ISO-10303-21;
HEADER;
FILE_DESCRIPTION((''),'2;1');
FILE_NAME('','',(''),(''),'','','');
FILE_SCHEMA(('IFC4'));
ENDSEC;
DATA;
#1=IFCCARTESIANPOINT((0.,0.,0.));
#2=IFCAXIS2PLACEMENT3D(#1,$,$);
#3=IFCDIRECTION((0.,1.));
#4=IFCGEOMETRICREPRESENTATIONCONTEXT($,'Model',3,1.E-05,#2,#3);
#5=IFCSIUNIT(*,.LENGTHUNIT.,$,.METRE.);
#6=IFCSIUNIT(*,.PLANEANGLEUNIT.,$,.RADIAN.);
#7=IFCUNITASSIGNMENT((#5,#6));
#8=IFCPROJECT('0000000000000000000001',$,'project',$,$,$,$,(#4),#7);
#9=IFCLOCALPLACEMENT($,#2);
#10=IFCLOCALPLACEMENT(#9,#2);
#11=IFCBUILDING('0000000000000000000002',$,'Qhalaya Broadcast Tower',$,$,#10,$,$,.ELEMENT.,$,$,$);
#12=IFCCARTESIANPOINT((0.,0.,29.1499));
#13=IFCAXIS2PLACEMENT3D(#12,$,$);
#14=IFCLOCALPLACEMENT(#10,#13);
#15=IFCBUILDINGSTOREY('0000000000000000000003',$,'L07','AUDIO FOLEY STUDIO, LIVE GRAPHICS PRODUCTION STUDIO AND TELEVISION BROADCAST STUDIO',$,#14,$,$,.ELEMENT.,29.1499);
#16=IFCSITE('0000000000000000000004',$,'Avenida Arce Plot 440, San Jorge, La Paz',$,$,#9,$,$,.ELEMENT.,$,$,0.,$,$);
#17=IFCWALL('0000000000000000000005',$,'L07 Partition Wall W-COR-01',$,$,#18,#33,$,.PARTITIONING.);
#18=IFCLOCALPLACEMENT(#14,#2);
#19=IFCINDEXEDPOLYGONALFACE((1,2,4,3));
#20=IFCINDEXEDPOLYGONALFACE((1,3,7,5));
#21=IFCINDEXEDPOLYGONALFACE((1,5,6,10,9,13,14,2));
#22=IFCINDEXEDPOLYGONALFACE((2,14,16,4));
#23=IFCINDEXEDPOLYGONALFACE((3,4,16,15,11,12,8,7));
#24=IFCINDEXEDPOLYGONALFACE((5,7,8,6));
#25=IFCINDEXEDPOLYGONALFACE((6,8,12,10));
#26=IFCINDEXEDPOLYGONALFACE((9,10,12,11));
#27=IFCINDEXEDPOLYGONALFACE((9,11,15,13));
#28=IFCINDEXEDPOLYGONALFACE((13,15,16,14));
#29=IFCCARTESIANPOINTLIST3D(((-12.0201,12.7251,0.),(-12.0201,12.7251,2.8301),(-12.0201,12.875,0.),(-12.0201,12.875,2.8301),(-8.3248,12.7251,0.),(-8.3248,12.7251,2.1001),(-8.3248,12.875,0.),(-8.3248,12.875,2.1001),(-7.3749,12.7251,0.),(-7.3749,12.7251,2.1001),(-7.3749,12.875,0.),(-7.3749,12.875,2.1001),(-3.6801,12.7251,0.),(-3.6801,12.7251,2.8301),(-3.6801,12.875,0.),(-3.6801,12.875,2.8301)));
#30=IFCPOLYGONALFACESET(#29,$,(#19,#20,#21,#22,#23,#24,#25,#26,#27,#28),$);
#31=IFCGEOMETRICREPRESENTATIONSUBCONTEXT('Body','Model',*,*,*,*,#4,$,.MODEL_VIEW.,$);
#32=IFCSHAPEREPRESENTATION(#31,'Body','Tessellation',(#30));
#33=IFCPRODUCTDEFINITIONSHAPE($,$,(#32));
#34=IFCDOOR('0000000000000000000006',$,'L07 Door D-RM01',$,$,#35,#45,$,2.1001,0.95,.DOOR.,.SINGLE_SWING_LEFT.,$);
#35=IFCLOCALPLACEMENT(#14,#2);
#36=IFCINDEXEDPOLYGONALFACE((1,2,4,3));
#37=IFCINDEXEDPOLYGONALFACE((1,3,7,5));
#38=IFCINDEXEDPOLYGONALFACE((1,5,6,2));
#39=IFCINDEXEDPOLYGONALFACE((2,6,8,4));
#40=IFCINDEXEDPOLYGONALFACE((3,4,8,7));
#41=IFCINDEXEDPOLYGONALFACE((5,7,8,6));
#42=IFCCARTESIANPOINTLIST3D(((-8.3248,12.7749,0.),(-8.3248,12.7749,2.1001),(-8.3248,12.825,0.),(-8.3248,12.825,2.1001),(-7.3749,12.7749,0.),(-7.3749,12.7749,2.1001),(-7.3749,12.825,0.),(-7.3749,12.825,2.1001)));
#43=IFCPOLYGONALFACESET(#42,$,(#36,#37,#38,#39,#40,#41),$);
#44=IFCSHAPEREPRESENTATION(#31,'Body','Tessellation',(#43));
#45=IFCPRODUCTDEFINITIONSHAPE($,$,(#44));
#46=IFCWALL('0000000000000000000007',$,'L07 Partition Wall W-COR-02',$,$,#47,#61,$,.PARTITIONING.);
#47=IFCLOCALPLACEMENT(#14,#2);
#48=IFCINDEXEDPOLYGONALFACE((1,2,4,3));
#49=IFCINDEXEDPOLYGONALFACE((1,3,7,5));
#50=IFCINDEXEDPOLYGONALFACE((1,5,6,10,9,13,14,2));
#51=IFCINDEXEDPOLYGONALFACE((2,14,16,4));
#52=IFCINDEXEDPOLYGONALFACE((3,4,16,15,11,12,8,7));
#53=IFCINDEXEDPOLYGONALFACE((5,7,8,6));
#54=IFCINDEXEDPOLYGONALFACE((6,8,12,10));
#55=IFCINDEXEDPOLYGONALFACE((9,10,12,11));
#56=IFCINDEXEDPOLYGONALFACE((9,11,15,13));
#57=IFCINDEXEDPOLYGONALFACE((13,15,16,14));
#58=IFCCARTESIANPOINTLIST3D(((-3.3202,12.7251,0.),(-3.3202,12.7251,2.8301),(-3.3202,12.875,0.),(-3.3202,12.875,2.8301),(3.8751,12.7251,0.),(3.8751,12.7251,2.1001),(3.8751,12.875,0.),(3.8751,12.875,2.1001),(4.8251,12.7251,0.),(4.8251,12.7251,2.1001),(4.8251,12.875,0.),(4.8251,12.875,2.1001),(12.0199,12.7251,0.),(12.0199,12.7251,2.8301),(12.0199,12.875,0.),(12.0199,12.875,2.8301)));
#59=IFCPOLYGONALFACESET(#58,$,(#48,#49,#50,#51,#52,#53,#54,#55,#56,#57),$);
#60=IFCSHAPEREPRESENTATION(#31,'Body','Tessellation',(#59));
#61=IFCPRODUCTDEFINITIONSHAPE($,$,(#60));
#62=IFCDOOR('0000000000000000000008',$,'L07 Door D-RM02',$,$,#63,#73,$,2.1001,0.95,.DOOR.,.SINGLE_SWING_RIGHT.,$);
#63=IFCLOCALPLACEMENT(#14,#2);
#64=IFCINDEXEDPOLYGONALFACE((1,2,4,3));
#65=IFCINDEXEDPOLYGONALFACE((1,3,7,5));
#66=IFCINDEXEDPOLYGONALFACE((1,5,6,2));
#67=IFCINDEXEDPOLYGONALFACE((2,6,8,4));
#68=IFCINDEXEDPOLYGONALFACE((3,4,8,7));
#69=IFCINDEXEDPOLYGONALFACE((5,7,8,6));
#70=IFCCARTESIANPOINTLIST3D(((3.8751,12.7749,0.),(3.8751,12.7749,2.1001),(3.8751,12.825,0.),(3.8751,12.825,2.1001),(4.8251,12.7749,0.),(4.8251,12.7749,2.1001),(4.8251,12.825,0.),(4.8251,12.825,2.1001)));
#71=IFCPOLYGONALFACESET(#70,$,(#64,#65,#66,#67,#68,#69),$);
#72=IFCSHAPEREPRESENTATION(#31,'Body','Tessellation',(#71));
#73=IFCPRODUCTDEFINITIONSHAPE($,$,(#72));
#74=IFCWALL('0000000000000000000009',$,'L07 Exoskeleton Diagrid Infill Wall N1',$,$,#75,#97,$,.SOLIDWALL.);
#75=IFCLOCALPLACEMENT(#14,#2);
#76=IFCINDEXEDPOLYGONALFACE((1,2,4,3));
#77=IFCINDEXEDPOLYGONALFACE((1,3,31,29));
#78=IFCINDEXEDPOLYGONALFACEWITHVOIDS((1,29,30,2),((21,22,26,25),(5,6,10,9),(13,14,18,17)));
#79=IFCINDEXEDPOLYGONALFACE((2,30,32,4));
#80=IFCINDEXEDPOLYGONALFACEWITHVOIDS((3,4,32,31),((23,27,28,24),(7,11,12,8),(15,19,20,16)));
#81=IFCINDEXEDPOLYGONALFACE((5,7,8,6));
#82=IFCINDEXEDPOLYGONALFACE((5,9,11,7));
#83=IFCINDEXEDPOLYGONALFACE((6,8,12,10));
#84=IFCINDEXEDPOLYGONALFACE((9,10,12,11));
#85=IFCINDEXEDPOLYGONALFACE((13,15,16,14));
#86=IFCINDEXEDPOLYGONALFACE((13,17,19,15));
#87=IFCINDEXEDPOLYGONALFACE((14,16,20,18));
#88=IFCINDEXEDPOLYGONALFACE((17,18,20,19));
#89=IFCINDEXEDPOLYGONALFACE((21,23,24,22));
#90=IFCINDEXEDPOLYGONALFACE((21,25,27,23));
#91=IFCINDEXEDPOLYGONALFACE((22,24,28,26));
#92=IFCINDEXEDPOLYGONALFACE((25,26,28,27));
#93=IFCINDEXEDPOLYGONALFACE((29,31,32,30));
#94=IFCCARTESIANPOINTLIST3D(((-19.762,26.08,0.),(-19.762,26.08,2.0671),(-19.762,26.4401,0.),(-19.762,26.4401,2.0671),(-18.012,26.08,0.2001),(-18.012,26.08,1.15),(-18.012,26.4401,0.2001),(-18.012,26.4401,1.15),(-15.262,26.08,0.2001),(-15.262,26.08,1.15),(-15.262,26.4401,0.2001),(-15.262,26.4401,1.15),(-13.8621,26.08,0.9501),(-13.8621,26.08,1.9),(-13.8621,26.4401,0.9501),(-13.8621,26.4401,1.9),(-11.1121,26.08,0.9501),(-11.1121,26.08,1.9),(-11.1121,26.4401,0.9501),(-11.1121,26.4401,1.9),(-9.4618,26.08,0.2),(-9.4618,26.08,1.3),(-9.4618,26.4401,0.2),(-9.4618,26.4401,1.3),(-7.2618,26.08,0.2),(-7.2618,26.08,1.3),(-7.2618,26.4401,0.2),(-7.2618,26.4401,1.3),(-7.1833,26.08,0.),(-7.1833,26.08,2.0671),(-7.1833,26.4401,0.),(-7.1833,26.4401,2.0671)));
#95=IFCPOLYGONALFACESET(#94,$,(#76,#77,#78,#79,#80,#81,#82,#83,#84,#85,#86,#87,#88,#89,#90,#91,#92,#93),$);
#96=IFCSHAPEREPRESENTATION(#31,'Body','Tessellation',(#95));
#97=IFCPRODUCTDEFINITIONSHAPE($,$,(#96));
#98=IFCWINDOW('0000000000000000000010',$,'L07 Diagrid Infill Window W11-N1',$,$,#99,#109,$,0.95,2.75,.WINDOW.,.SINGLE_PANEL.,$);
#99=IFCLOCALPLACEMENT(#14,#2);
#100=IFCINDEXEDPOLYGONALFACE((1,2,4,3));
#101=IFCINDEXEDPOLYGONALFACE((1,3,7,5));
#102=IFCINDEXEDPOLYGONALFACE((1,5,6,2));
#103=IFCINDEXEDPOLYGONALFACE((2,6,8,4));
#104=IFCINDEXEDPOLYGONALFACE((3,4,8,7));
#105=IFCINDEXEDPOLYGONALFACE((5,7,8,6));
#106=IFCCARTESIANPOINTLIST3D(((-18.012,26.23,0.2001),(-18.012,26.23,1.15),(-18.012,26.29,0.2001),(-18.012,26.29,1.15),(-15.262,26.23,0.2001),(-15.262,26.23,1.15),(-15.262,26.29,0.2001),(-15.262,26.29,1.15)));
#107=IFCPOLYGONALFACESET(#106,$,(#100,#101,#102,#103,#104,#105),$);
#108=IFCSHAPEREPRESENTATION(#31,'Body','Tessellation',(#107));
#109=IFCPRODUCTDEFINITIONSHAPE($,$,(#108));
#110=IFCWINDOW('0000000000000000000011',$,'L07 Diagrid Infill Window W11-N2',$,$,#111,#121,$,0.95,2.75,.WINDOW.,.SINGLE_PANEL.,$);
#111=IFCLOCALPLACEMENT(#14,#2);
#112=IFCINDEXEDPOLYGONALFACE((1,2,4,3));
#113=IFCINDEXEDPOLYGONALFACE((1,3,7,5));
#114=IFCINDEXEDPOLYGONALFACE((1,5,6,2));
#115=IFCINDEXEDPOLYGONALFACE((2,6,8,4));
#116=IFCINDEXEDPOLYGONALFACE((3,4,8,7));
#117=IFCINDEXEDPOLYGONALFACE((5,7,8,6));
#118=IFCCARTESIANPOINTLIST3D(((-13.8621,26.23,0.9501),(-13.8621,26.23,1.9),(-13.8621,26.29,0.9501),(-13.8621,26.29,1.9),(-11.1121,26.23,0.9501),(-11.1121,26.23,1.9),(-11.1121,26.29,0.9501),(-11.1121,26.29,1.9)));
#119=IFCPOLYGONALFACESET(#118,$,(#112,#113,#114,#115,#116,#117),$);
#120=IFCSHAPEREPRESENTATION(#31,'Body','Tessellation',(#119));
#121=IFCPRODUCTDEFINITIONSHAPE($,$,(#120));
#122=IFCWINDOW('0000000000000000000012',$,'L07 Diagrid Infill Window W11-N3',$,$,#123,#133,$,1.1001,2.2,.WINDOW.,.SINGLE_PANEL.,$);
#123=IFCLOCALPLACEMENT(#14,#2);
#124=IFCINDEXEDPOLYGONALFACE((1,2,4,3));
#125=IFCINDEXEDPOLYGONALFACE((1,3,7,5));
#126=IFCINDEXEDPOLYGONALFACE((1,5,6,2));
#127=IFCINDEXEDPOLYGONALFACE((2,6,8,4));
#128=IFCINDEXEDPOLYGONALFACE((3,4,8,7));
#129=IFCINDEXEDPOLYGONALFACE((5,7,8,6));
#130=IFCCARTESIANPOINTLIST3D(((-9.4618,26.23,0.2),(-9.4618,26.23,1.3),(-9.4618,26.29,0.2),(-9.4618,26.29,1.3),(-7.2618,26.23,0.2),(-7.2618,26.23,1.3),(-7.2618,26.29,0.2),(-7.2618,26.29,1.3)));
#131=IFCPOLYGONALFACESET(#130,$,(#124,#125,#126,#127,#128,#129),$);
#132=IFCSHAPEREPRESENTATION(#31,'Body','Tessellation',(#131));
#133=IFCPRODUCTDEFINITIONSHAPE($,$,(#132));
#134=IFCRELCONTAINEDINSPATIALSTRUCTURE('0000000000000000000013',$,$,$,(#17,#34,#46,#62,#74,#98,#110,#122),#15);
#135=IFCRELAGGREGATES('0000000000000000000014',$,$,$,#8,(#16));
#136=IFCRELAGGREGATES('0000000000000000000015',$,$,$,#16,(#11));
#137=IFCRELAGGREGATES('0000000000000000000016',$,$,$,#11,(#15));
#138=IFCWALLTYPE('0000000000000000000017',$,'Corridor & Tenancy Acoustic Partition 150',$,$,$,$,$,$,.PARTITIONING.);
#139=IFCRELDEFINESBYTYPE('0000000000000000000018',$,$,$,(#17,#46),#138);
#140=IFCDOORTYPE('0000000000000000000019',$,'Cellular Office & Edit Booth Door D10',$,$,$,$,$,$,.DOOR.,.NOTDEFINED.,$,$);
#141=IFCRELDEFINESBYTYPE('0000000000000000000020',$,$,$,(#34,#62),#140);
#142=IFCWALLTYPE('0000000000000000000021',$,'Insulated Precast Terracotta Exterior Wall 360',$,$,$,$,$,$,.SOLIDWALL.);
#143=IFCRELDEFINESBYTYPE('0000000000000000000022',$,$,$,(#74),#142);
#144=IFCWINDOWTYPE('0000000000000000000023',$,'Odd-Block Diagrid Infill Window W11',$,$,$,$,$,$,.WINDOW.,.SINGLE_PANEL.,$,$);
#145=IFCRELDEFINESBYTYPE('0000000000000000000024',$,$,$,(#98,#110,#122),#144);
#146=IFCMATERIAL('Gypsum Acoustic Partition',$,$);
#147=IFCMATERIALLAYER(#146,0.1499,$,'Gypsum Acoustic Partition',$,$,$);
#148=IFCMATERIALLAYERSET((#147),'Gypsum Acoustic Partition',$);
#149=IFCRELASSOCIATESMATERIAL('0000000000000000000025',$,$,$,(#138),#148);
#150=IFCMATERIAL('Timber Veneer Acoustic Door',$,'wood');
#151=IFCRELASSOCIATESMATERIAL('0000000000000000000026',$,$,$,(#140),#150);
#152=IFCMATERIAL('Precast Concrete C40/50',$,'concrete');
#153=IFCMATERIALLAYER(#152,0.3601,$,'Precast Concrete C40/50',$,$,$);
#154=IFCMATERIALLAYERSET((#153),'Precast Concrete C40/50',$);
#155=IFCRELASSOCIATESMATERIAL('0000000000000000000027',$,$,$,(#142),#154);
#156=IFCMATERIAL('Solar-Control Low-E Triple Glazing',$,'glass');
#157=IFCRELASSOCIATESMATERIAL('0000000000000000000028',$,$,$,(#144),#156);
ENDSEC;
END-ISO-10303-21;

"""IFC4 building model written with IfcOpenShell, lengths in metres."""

from ifc_helpers import new_model, si_unit, direction, frame, frame_2d, origin, place, context, subcontext, project, spatial, rectangle, extrude, material, layer, layer_set, type_object, element, fill, save


model = new_model("IFC4")

# Units and contexts
model_context = context("Model", 3, precision=1e-05, world=origin(), true_north=direction((0.0, 1.0)))
body_context = subcontext(model_context, "Body", "Model", "MODEL_VIEW")
ifc_project = project(units=[si_unit("LENGTHUNIT", "METRE"), si_unit("PLANEANGLEUNIT", "RADIAN")], contexts=[model_context])

# Site, building, storey
site_placement = place(None, origin())
site = spatial("IfcSite", under=ifc_project, at=site_placement, Name="Avenida Arce Plot 440, San Jorge, La Paz", CompositionType="ELEMENT", RefElevation=0.0)
building_placement = place(site_placement, origin())
building = spatial("IfcBuilding", under=site, at=building_placement, Name="Qhalaya Broadcast Tower", CompositionType="ELEMENT")
storey_placement = place(building_placement, frame((0.0, 0.0, 29.1499)))
storey = spatial("IfcBuildingStorey", under=building, at=storey_placement, Name="L07", Description="AUDIO FOLEY STUDIO, LIVE GRAPHICS PRODUCTION STUDIO AND TELEVISION BROADCAST STUDIO", CompositionType="ELEMENT", Elevation=29.1499)

# Walls, openings, doors
ifc_material_1 = material(Name="Gypsum Acoustic Partition")
ifc_layer_1 = layer(ifc_material_1, 0.1499, Name="Gypsum Acoustic Partition")
ifc_layer_set_1 = layer_set([ifc_layer_1], Name="Gypsum Acoustic Partition")
wall_type_1 = type_object("IfcWallType", Name="Corridor & Tenancy Acoustic Partition 150", PredefinedType="PARTITIONING", material=ifc_layer_set_1)
wall_1_placement = place(storey_placement, frame((-12.02, 12.8, 0.0), z_axis=(0.0, 0.0, 1.0), x_axis=(1.0, 0.0, 0.0)))
wall_1 = element("IfcWall", 1, at=wall_1_placement, inside=storey, type_object=wall_type_1, Name="L07 Partition Wall W-COR-01", PredefinedType="PARTITIONING", context=body_context, shape_type="SweptSolid", body=[
    extrude(rectangle(XDim=8.3401, YDim=0.1499, at=frame_2d((4.1699, 0.0))), origin(), (0.0, 0.0, 1.0), 2.8301),
])
opening_1_placement = place(wall_1_placement, frame((3.6951, 0.0, 0.0)))
opening_1 = element("IfcOpeningElement", 2, at=opening_1_placement, cuts=wall_1, PredefinedType="OPENING", context=body_context, shape_type="SweptSolid", body=[
    extrude(rectangle(XDim=0.95, YDim=2.1001, at=frame_2d((0.4751, 1.05))), frame((0.0, 0.0869, 0.0), z_axis=(0.0, -1.0, 0.0), x_axis=(1.0, 0.0, 0.0)), (0.0, 0.0, 1.0), 0.1738),
])
ifc_material_2 = material(Name="Timber Veneer Acoustic Door", Category="wood")
door_type = type_object("IfcDoorType", Name="Cellular Office & Edit Booth Door D10", OperationType="NOTDEFINED", PredefinedType="DOOR", material=ifc_material_2)
door_1_placement = place(opening_1_placement, origin())
door_1 = element("IfcDoor", 3, at=door_1_placement, inside=storey, type_object=door_type, Name="L07 Door D-RM01", OperationType="SINGLE_SWING_LEFT", OverallHeight=2.1001, OverallWidth=0.95, PredefinedType="DOOR", context=body_context, shape_type="SweptSolid", body=[
    extrude(rectangle(XDim=0.95, YDim=2.1001, at=frame_2d((0.4751, 1.05))), frame((0.0, 0.0249, 0.0), z_axis=(0.0, -1.0, 0.0), x_axis=(1.0, 0.0, 0.0)), (0.0, 0.0, 1.0), 0.05),
])
fill(opening_1, door_1)
wall_2_placement = place(storey_placement, frame((-3.3201, 12.8, 0.0), z_axis=(0.0, 0.0, 1.0), x_axis=(1.0, 0.0, 0.0)))
wall_2 = element("IfcWall", 4, at=wall_2_placement, inside=storey, type_object=wall_type_1, Name="L07 Partition Wall W-COR-02", PredefinedType="PARTITIONING", context=body_context, shape_type="SweptSolid", body=[
    extrude(rectangle(XDim=15.3401, YDim=0.1499, at=frame_2d((7.6699, 0.0))), origin(), (0.0, 0.0, 1.0), 2.8301),
])
opening_2_placement = place(wall_2_placement, frame((7.1951, 0.0, 0.0)))
opening_2 = element("IfcOpeningElement", 5, at=opening_2_placement, cuts=wall_2, PredefinedType="OPENING", context=body_context, shape_type="SweptSolid", body=[
    extrude(rectangle(XDim=0.95, YDim=2.1001, at=frame_2d((0.4751, 1.05))), frame((0.0, 0.0869, 0.0), z_axis=(0.0, -1.0, 0.0), x_axis=(1.0, 0.0, 0.0)), (0.0, 0.0, 1.0), 0.1738),
])
door_2_placement = place(opening_2_placement, origin())
door_2 = element("IfcDoor", 6, at=door_2_placement, inside=storey, type_object=door_type, Name="L07 Door D-RM02", OperationType="SINGLE_SWING_RIGHT", OverallHeight=2.1001, OverallWidth=0.95, PredefinedType="DOOR", context=body_context, shape_type="SweptSolid", body=[
    extrude(rectangle(XDim=0.95, YDim=2.1001, at=frame_2d((0.4751, 1.05))), frame((0.0, 0.0249, 0.0), z_axis=(0.0, -1.0, 0.0), x_axis=(1.0, 0.0, 0.0)), (0.0, 0.0, 1.0), 0.05),
])
fill(opening_2, door_2)

# Wall, openings, windows
ifc_material_3 = material(Name="Precast Concrete C40/50", Category="concrete")
ifc_layer_2 = layer(ifc_material_3, 0.3601, Name="Precast Concrete C40/50")
ifc_layer_set_2 = layer_set([ifc_layer_2], Name="Precast Concrete C40/50")
wall_type_2 = type_object("IfcWallType", Name="Insulated Precast Terracotta Exterior Wall 360", PredefinedType="SOLIDWALL", material=ifc_layer_set_2)
wall_3_placement = place(storey_placement, frame((-19.762, 26.26, 0.0), z_axis=(0.0, 0.0, 1.0), x_axis=(1.0, 0.0, 0.0)))
wall_3 = element("IfcWall", 7, at=wall_3_placement, inside=storey, type_object=wall_type_2, Name="L07 Exoskeleton Diagrid Infill Wall N1", PredefinedType="SOLIDWALL", context=body_context, shape_type="SweptSolid", body=[
    extrude(rectangle(XDim=12.5786, YDim=0.3601, at=frame_2d((6.2893, 0.0))), origin(), (0.0, 0.0, 1.0), 2.0671),
])
opening_3_placement = place(wall_3_placement, frame((1.75, 0.0, 0.2)))
opening_3 = element("IfcOpeningElement", 8, at=opening_3_placement, cuts=wall_3, PredefinedType="OPENING", context=body_context, shape_type="SweptSolid", body=[
    extrude(rectangle(XDim=2.75, YDim=0.95, at=frame_2d((1.375, 0.4751))), frame((0.0, 0.1921, 0.0), z_axis=(0.0, -1.0, 0.0), x_axis=(1.0, 0.0, 0.0)), (0.0, 0.0, 1.0), 0.384),
])
opening_4_placement = place(wall_3_placement, frame((5.8999, 0.0, 0.95)))
opening_4 = element("IfcOpeningElement", 9, at=opening_4_placement, cuts=wall_3, PredefinedType="OPENING", context=body_context, shape_type="SweptSolid", body=[
    extrude(rectangle(XDim=2.75, YDim=0.95, at=frame_2d((1.375, 0.4751))), frame((0.0, 0.1921, 0.0), z_axis=(0.0, -1.0, 0.0), x_axis=(1.0, 0.0, 0.0)), (0.0, 0.0, 1.0), 0.384),
])
opening_5_placement = place(wall_3_placement, frame((10.3, 0.0, 0.2)))
opening_5 = element("IfcOpeningElement", 10, at=opening_5_placement, cuts=wall_3, PredefinedType="OPENING", context=body_context, shape_type="SweptSolid", body=[
    extrude(rectangle(XDim=2.2, YDim=1.1001, at=frame_2d((1.1001, 0.55))), frame((0.0, 0.1921, 0.0), z_axis=(0.0, -1.0, 0.0), x_axis=(1.0, 0.0, 0.0)), (0.0, 0.0, 1.0), 0.384),
])
ifc_material_4 = material(Name="Solar-Control Low-E Triple Glazing", Category="glass")
window_type = type_object("IfcWindowType", Name="Odd-Block Diagrid Infill Window W11", PartitioningType="SINGLE_PANEL", PredefinedType="WINDOW", material=ifc_material_4)
window_1_placement = place(opening_3_placement, origin())
window_1 = element("IfcWindow", 11, at=window_1_placement, inside=storey, type_object=window_type, Name="L07 Diagrid Infill Window W11-N1", OverallHeight=0.95, OverallWidth=2.75, PartitioningType="SINGLE_PANEL", PredefinedType="WINDOW", context=body_context, shape_type="SweptSolid", body=[
    extrude(rectangle(XDim=2.75, YDim=0.95, at=frame_2d((1.375, 0.4751))), frame((0.0, 0.03, 0.0), z_axis=(0.0, -1.0, 0.0), x_axis=(1.0, 0.0, 0.0)), (0.0, 0.0, 1.0), 0.0601),
])
fill(opening_3, window_1)
window_2_placement = place(opening_4_placement, origin())
window_2 = element("IfcWindow", 12, at=window_2_placement, inside=storey, type_object=window_type, Name="L07 Diagrid Infill Window W11-N2", OverallHeight=0.95, OverallWidth=2.75, PartitioningType="SINGLE_PANEL", PredefinedType="WINDOW", context=body_context, shape_type="SweptSolid", body=[
    extrude(rectangle(XDim=2.75, YDim=0.95, at=frame_2d((1.375, 0.4751))), frame((0.0, 0.03, 0.0), z_axis=(0.0, -1.0, 0.0), x_axis=(1.0, 0.0, 0.0)), (0.0, 0.0, 1.0), 0.0601),
])
fill(opening_4, window_2)
window_3_placement = place(opening_5_placement, origin())
window_3 = element("IfcWindow", 13, at=window_3_placement, inside=storey, type_object=window_type, Name="L07 Diagrid Infill Window W11-N3", OverallHeight=1.1001, OverallWidth=2.2, PartitioningType="SINGLE_PANEL", PredefinedType="WINDOW", context=body_context, shape_type="SweptSolid", body=[
    extrude(rectangle(XDim=2.2, YDim=1.1001, at=frame_2d((1.1001, 0.55))), frame((0.0, 0.03, 0.0), z_axis=(0.0, -1.0, 0.0), x_axis=(1.0, 0.0, 0.0)), (0.0, 0.0, 1.0), 0.0601),
])
fill(opening_5, window_3)

save(model, "model.ifc")
